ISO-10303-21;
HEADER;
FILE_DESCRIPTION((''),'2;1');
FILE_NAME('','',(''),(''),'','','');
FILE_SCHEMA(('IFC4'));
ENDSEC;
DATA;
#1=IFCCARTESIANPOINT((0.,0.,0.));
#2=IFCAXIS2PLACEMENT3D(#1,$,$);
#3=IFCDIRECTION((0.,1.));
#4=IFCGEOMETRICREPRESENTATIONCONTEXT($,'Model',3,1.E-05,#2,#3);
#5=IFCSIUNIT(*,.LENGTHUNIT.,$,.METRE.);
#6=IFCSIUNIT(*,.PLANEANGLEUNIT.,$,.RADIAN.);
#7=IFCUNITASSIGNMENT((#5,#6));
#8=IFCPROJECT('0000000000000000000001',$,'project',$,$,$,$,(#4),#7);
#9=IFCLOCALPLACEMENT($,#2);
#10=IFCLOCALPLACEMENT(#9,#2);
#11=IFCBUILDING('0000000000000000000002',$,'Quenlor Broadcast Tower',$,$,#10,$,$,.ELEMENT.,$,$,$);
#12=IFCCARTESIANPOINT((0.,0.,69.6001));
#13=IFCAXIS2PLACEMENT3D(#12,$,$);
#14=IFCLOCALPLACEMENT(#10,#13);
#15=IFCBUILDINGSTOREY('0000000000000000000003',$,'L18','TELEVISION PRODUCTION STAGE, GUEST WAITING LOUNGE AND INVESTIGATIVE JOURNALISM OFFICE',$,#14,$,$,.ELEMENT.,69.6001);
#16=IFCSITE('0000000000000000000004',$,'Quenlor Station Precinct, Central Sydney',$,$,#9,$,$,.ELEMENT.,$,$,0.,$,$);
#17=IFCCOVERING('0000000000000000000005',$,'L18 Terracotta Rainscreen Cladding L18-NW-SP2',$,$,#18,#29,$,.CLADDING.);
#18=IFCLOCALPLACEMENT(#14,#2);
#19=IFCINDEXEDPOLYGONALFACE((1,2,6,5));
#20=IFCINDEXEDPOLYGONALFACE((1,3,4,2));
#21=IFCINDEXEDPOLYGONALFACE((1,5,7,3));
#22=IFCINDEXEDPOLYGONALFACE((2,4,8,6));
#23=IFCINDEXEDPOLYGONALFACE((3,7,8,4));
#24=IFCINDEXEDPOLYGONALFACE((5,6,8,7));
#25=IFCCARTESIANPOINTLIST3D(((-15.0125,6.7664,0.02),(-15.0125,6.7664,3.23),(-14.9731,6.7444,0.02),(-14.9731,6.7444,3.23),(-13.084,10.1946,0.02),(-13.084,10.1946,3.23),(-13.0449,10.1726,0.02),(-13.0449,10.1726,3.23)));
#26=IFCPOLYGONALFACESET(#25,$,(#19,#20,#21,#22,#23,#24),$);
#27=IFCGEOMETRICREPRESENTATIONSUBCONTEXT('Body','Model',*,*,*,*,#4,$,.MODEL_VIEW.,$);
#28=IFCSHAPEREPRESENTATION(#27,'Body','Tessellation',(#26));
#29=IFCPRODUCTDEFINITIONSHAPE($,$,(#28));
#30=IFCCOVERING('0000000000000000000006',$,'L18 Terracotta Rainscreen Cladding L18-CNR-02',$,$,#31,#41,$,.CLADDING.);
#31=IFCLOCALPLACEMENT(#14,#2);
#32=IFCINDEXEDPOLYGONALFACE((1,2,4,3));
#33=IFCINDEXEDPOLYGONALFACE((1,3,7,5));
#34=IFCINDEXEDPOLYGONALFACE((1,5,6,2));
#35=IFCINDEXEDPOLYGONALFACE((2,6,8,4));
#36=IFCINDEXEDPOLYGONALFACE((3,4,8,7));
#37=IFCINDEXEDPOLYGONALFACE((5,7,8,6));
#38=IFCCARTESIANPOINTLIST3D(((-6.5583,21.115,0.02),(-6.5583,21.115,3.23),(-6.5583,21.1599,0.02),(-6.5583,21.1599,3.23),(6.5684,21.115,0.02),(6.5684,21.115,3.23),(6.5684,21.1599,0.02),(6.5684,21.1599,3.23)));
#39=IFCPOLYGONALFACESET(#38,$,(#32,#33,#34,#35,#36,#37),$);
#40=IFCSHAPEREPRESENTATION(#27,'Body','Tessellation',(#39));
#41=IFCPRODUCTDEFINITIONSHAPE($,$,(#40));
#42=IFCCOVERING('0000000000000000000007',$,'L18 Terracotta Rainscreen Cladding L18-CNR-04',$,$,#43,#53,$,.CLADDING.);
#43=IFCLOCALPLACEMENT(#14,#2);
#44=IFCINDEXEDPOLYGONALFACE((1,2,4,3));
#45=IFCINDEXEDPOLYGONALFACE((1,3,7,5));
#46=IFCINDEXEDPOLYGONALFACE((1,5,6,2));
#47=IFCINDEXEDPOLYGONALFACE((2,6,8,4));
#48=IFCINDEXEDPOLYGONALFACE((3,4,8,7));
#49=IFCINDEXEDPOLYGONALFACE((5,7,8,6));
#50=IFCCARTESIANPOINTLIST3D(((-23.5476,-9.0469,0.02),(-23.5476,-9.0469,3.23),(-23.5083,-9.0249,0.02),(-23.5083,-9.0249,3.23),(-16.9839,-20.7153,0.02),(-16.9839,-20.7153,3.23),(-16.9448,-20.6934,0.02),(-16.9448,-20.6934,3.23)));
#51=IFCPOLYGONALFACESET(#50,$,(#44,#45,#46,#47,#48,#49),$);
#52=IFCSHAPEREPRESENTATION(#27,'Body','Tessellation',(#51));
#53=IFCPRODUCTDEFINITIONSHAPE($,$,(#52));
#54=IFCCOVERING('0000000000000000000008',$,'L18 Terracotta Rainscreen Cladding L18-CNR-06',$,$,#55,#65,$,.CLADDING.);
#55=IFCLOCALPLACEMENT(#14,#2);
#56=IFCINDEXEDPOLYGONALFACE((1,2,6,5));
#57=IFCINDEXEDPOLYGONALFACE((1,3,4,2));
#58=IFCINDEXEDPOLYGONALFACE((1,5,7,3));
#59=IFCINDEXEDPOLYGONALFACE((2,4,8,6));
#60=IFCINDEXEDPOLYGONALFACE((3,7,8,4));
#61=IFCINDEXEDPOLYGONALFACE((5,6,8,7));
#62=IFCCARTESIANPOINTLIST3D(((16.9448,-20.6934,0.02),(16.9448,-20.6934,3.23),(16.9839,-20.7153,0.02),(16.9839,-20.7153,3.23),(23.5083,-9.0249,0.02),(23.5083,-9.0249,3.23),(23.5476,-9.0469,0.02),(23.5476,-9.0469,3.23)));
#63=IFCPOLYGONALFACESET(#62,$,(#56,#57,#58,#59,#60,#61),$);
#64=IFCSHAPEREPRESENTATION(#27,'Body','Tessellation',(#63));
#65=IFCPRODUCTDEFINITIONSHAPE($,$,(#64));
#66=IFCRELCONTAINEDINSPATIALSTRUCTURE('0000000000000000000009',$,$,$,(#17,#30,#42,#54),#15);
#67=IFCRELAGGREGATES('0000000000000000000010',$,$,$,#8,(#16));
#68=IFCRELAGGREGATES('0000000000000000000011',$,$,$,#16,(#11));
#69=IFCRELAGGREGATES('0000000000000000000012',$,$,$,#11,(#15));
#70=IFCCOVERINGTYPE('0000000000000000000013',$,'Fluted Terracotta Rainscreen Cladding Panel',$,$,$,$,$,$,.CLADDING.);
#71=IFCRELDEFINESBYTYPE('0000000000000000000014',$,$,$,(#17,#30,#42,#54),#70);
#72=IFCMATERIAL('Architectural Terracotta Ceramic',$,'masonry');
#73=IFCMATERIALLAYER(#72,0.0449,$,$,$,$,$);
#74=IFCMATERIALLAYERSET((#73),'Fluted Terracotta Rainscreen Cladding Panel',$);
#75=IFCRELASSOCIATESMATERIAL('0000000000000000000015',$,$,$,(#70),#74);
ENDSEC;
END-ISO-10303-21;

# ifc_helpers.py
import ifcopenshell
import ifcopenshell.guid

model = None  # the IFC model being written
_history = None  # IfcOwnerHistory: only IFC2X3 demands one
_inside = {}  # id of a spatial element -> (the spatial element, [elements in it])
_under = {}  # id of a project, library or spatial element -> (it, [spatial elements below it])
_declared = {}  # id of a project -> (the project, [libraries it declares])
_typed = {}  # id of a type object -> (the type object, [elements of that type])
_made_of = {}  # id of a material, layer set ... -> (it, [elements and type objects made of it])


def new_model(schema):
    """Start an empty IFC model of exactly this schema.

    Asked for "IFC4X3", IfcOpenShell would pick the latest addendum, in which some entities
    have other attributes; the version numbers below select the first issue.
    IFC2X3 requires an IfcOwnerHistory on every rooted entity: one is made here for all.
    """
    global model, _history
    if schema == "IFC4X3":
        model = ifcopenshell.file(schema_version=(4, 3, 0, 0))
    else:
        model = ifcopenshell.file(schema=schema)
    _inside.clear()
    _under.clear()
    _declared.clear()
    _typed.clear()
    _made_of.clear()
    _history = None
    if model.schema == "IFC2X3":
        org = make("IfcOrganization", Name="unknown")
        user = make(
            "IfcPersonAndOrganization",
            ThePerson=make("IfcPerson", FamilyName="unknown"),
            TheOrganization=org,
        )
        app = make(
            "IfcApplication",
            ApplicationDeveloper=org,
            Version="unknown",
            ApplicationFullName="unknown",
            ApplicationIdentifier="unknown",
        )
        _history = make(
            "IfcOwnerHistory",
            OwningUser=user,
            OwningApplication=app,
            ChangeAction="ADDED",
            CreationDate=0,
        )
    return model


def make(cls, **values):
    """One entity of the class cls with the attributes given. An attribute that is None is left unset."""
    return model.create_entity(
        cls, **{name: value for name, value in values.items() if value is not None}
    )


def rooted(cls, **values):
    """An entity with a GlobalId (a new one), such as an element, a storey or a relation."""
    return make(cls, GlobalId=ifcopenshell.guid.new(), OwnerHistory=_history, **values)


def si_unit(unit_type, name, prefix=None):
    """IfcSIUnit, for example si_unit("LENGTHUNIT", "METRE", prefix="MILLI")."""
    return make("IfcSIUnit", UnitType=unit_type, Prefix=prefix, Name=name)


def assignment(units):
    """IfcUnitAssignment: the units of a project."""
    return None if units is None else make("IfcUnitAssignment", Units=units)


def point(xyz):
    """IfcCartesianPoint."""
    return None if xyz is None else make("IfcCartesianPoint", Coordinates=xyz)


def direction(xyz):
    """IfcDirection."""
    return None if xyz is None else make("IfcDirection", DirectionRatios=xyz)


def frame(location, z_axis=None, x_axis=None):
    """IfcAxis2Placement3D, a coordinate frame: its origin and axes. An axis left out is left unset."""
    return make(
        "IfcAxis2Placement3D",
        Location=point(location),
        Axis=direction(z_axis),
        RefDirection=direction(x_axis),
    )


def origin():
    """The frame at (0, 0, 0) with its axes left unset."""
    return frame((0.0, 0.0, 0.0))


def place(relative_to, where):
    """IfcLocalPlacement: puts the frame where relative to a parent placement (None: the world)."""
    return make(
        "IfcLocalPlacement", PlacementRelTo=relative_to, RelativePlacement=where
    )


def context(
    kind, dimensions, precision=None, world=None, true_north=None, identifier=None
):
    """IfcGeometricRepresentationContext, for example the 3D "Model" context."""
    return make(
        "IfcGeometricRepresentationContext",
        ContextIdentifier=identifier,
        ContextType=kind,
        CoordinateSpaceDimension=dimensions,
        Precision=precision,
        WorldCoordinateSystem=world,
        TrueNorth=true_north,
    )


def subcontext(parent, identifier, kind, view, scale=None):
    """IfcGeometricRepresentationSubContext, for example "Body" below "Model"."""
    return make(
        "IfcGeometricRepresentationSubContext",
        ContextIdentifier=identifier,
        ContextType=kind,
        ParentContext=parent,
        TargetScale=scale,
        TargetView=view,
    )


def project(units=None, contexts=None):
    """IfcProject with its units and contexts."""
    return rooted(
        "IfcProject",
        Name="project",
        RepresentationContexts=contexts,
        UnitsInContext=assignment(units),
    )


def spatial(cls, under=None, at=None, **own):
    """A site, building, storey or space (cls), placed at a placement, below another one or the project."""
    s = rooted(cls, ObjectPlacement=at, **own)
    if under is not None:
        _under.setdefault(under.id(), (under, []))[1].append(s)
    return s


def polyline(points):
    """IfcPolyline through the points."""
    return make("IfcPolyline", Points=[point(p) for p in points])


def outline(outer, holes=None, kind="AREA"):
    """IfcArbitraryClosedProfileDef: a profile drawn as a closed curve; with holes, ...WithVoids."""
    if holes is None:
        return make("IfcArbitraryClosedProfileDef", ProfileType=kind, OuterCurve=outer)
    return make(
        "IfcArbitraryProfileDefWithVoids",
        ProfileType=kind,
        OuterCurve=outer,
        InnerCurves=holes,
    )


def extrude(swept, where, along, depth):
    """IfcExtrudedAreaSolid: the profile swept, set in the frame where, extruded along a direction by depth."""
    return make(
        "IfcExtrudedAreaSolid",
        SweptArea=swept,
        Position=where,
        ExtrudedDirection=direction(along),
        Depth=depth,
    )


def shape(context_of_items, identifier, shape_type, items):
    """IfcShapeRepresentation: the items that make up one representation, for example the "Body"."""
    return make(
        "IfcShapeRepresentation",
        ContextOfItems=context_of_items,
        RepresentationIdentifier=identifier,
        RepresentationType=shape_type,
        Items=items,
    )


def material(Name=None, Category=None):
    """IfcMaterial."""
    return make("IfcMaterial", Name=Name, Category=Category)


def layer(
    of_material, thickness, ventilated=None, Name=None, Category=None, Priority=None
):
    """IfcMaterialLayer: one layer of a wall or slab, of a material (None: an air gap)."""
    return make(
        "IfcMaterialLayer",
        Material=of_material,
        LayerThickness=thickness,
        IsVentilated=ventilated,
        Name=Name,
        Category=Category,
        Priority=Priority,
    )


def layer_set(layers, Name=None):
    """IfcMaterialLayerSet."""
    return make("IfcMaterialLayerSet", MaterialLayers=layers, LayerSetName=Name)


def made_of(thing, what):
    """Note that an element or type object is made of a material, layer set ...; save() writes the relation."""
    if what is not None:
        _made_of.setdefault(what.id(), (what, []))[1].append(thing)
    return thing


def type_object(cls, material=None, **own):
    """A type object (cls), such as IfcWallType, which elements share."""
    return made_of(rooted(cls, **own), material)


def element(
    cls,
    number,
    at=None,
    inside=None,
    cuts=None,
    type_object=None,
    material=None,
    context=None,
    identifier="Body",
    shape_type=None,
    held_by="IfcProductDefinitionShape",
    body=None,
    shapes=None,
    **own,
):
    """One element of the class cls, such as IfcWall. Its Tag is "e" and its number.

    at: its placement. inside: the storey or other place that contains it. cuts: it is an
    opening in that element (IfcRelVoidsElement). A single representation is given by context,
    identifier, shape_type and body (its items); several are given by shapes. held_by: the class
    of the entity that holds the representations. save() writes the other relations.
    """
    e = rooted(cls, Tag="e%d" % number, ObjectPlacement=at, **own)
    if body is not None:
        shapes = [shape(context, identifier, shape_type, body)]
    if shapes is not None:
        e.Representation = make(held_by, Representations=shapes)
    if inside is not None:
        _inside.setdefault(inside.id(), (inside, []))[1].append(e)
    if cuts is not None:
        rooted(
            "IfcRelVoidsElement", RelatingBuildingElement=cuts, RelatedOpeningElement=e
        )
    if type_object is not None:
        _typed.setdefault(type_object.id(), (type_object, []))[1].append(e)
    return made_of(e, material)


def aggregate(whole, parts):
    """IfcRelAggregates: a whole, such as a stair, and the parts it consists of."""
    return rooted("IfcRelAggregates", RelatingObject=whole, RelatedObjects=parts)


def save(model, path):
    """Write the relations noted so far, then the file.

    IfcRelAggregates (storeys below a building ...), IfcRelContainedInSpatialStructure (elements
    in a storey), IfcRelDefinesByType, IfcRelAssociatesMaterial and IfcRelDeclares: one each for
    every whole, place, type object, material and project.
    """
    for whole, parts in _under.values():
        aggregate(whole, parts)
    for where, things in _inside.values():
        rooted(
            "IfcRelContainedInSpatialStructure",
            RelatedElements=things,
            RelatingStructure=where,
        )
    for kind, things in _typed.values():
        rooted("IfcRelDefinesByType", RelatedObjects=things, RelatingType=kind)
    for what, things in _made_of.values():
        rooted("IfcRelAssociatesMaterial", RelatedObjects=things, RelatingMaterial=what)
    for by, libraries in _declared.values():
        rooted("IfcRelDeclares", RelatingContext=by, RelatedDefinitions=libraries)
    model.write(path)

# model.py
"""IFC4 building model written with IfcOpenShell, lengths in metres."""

from ifc_helpers import new_model, si_unit, direction, frame, origin, place, context, subcontext, project, spatial, polyline, outline, extrude, material, layer, layer_set, type_object, element, save


model = new_model("IFC4")

# Units and contexts
model_context = context("Model", 3, precision=1e-05, world=origin(), true_north=direction((0.0, 1.0)))
body_context = subcontext(model_context, "Body", "Model", "MODEL_VIEW")
ifc_project = project(units=[si_unit("LENGTHUNIT", "METRE"), si_unit("PLANEANGLEUNIT", "RADIAN")], contexts=[model_context])

# Site, building, storey
site_placement = place(None, origin())
site = spatial("IfcSite", under=ifc_project, at=site_placement, Name="Quenlor Station Precinct, Central Sydney", CompositionType="ELEMENT", RefElevation=0.0)
building_placement = place(site_placement, origin())
building = spatial("IfcBuilding", under=site, at=building_placement, Name="Quenlor Broadcast Tower", CompositionType="ELEMENT")
storey_placement = place(building_placement, frame((0.0, 0.0, 69.6001)))
storey = spatial("IfcBuildingStorey", under=building, at=storey_placement, Name="L18", Description="TELEVISION PRODUCTION STAGE, GUEST WAITING LOUNGE AND INVESTIGATIVE JOURNALISM OFFICE", CompositionType="ELEMENT", Elevation=69.6001)

# Coverings
ifc_material_1 = material(Name="Architectural Terracotta Ceramic", Category="masonry")
ifc_layer_1 = layer(ifc_material_1, 0.0449)
ifc_layer_set_1 = layer_set([ifc_layer_1], Name="Fluted Terracotta Rainscreen Cladding Panel")
covering_type_1 = type_object("IfcCoveringType", Name="Fluted Terracotta Rainscreen Cladding Panel", PredefinedType="CLADDING", material=ifc_layer_set_1)
covering_1_placement = place(storey_placement, frame((0.0, 0.0, 0.02)))
element("IfcCovering", 1, at=covering_1_placement, inside=storey, type_object=covering_type_1, Name="L18 Terracotta Rainscreen Cladding L18-NW-SP2", PredefinedType="CLADDING", context=body_context, shape_type="SweptSolid", body=[
    extrude(outline(polyline([(-14.9731, 6.7444), (-13.0449, 10.1726), (-13.084, 10.1946), (-15.0125, 6.7664), (-14.9731, 6.7444)])), origin(), (0.0, 0.0, 1.0), 3.21),
])
covering_2_placement = place(storey_placement, frame((0.0, 0.0, 0.02)))
element("IfcCovering", 2, at=covering_2_placement, inside=storey, type_object=covering_type_1, Name="L18 Terracotta Rainscreen Cladding L18-CNR-02", PredefinedType="CLADDING", context=body_context, shape_type="SweptSolid", body=[
    extrude(outline(polyline([(6.5684, 21.1599), (-6.5583, 21.1599), (-6.5583, 21.115), (6.5684, 21.115), (6.5684, 21.1599)])), origin(), (0.0, 0.0, 1.0), 3.21),
])
covering_3_placement = place(storey_placement, frame((0.0, 0.0, 0.02)))
element("IfcCovering", 3, at=covering_3_placement, inside=storey, type_object=covering_type_1, Name="L18 Terracotta Rainscreen Cladding L18-CNR-04", PredefinedType="CLADDING", context=body_context, shape_type="SweptSolid", body=[
    extrude(outline(polyline([(-23.5476, -9.0469), (-16.9839, -20.7153), (-16.9448, -20.6934), (-23.5083, -9.0249), (-23.5476, -9.0469)])), origin(), (0.0, 0.0, 1.0), 3.21),
])
covering_4_placement = place(storey_placement, frame((0.0, 0.0, 0.02)))
element("IfcCovering", 4, at=covering_4_placement, inside=storey, type_object=covering_type_1, Name="L18 Terracotta Rainscreen Cladding L18-CNR-06", PredefinedType="CLADDING", context=body_context, shape_type="SweptSolid", body=[
    extrude(outline(polyline([(16.9839, -20.7153), (23.5476, -9.0469), (23.5083, -9.0249), (16.9448, -20.6934), (16.9839, -20.7153)])), origin(), (0.0, 0.0, 1.0), 3.21),
])

save(model, "model.ifc")
